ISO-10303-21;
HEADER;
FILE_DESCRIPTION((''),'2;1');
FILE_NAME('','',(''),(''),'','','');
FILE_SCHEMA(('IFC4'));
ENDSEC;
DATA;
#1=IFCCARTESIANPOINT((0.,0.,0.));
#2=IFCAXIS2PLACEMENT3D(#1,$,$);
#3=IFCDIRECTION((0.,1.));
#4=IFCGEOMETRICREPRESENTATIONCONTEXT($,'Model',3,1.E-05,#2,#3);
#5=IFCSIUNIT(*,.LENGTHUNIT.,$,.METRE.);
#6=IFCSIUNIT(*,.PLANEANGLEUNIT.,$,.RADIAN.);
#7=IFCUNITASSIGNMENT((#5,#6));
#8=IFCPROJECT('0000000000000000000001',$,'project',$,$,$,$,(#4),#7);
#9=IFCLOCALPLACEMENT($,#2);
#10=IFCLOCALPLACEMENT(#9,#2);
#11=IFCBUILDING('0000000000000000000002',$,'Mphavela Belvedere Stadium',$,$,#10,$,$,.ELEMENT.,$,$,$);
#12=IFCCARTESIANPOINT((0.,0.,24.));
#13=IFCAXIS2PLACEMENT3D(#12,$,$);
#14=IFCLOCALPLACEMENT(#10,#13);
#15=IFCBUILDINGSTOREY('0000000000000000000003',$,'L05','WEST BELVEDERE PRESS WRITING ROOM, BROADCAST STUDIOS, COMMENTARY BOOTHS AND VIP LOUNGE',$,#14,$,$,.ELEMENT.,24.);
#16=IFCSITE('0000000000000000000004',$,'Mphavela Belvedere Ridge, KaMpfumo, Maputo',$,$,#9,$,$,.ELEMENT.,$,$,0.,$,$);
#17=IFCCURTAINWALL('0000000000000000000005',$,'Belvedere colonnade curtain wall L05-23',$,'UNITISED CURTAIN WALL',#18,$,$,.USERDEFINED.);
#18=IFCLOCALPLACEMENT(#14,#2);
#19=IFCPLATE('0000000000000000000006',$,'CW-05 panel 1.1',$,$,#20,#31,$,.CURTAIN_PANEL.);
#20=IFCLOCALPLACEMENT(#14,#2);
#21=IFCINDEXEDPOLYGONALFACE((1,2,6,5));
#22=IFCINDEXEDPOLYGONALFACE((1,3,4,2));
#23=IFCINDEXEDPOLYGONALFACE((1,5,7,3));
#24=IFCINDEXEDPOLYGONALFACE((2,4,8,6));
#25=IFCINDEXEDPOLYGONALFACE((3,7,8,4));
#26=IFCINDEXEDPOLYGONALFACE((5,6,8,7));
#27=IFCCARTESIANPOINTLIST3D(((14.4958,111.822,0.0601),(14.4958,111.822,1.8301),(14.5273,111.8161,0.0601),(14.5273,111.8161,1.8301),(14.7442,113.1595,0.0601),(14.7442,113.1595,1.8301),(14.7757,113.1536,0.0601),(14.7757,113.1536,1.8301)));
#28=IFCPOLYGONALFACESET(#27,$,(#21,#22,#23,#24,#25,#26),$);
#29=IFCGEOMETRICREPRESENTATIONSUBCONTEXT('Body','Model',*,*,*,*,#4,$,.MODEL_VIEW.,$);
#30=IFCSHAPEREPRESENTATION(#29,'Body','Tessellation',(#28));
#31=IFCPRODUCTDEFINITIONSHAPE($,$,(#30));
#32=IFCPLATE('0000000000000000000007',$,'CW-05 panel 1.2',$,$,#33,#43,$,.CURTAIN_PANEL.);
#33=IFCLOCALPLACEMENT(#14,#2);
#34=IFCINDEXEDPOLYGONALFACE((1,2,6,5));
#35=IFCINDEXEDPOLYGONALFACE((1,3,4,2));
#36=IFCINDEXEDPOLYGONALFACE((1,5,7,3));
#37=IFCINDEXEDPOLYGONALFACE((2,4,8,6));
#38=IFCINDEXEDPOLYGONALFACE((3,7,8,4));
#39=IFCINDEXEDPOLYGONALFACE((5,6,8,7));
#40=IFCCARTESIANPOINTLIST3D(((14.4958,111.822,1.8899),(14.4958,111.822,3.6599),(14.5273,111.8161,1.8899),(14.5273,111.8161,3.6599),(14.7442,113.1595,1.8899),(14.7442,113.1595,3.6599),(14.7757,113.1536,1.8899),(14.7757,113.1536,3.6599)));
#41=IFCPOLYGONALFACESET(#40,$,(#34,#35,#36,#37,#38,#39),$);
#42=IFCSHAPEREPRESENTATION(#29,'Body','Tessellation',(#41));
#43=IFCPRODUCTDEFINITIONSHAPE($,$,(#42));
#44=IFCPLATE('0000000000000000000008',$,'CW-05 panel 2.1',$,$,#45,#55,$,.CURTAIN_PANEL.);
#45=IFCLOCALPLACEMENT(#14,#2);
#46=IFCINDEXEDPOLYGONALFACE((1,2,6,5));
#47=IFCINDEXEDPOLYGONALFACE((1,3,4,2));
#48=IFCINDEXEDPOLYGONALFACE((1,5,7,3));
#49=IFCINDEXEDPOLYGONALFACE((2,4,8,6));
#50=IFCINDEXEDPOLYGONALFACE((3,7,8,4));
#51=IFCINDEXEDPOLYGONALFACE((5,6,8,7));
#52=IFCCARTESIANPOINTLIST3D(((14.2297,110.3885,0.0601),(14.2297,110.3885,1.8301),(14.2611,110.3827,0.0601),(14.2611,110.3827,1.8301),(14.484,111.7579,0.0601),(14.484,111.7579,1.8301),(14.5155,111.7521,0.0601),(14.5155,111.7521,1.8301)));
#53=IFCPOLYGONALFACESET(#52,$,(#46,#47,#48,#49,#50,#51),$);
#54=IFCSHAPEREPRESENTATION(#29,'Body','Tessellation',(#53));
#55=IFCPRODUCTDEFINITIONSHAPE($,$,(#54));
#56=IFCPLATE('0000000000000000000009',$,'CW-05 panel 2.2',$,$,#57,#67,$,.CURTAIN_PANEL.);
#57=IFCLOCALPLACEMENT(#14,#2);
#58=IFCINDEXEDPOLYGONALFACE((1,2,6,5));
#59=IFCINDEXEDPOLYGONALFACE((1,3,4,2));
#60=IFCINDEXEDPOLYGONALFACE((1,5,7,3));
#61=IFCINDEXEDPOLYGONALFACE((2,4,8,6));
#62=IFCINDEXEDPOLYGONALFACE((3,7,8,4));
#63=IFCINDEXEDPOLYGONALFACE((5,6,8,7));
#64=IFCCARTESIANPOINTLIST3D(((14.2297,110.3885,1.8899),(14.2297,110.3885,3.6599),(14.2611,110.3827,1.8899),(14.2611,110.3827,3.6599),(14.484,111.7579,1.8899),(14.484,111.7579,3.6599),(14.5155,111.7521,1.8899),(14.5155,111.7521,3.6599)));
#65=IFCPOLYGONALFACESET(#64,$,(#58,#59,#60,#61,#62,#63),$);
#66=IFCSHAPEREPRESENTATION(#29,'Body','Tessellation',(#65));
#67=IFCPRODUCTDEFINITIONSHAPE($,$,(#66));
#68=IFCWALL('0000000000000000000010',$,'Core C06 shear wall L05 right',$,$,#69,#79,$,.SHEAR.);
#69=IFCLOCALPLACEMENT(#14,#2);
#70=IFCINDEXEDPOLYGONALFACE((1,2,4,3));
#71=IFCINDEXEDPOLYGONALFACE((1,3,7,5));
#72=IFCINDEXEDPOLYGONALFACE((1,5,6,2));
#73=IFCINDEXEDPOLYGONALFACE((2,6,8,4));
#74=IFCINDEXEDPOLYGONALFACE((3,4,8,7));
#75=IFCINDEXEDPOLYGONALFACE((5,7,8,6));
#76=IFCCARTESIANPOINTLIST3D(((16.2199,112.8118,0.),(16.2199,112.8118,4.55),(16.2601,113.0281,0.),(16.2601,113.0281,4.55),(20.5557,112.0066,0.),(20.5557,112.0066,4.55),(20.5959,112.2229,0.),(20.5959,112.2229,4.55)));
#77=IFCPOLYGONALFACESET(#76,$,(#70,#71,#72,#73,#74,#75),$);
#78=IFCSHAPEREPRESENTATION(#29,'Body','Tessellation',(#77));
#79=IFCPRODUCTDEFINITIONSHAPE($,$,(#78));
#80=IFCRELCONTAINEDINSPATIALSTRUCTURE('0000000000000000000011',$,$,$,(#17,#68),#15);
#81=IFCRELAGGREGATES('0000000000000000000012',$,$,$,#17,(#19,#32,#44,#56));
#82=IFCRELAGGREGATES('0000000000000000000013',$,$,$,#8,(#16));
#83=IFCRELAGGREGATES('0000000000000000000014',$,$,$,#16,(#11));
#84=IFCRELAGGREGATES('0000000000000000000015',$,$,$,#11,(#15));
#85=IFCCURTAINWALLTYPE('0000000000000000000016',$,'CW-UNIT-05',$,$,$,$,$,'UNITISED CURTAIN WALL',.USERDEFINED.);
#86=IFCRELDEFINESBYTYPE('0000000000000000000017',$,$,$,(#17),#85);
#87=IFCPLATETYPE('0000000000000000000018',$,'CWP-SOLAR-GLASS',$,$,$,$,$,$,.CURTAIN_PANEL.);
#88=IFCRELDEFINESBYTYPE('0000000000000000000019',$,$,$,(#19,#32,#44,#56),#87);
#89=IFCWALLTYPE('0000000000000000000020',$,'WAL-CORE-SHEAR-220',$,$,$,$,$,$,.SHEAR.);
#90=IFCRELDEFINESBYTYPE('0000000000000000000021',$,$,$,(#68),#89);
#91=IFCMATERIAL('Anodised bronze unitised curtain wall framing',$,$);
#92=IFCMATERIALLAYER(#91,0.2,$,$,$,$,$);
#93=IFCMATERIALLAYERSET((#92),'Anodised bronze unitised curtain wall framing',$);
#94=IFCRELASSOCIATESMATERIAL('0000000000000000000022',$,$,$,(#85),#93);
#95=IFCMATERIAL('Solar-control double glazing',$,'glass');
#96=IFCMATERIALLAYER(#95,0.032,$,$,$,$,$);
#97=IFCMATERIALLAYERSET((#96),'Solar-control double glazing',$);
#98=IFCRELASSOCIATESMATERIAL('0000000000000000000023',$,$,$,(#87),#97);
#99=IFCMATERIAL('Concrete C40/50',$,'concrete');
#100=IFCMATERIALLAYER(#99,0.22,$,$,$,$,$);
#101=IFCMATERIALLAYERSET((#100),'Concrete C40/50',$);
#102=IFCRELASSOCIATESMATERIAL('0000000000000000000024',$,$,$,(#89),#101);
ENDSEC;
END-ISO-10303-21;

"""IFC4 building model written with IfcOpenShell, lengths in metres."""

from ifc_helpers import new_model, si_unit, direction, frame, frame_2d, origin, origin_2d, place, context, subcontext, project, spatial, rectangle, extrude, material, layer, layer_set, type_object, element, aggregate, save


model = new_model("IFC4")

# Units and contexts
model_context = context("Model", 3, precision=1e-05, world=origin(), true_north=direction((0.0, 1.0)))
body_context = subcontext(model_context, "Body", "Model", "MODEL_VIEW")
ifc_project = project(units=[si_unit("LENGTHUNIT", "METRE"), si_unit("PLANEANGLEUNIT", "RADIAN")], contexts=[model_context])

# Site, building, storey
site_placement = place(None, origin())
site = spatial("IfcSite", under=ifc_project, at=site_placement, Name="Mphavela Belvedere Ridge, KaMpfumo, Maputo", CompositionType="ELEMENT", RefElevation=0.0)
building_placement = place(site_placement, origin())
building = spatial("IfcBuilding", under=site, at=building_placement, Name="Mphavela Belvedere Stadium", CompositionType="ELEMENT")
storey_placement = place(building_placement, frame((0.0, 0.0, 24.0)))
storey = spatial("IfcBuildingStorey", under=building, at=storey_placement, Name="L05", Description="WEST BELVEDERE PRESS WRITING ROOM, BROADCAST STUDIOS, COMMENTARY BOOTHS AND VIP LOUNGE", CompositionType="ELEMENT", Elevation=24.0)

# Curtain wall
ifc_material_1 = material(Name="Anodised bronze unitised curtain wall framing")
ifc_layer_1 = layer(ifc_material_1, 0.2)
ifc_layer_set_1 = layer_set([ifc_layer_1], Name="Anodised bronze unitised curtain wall framing")
curtain_wall_type_1 = type_object("IfcCurtainWallType", Name="CW-UNIT-05", ElementType="UNITISED CURTAIN WALL", PredefinedType="USERDEFINED", material=ifc_layer_set_1)
curtain_wall_1_placement = place(storey_placement, origin())
curtain_wall_1 = element("IfcCurtainWall", 1, at=curtain_wall_1_placement, inside=storey, type_object=curtain_wall_type_1, Name="Belvedere colonnade curtain wall L05-23", ObjectType="UNITISED CURTAIN WALL", PredefinedType="USERDEFINED")

# Plates
ifc_material_2 = material(Name="Solar-control double glazing", Category="glass")
ifc_layer_2 = layer(ifc_material_2, 0.032)
ifc_layer_set_2 = layer_set([ifc_layer_2], Name="Solar-control double glazing")
plate_type = type_object("IfcPlateType", Name="CWP-SOLAR-GLASS", PredefinedType="CURTAIN_PANEL", material=ifc_layer_set_2)
plate_1_placement = place(storey_placement, frame((14.6357, 112.4878, 0.0601), z_axis=(0.0, 0.0, 1.0), x_axis=(-0.182618, -0.983184, 0.0)))
plate_1 = element("IfcPlate", 2, at=plate_1_placement, type_object=plate_type, Name="CW-05 panel 1.1", PredefinedType="CURTAIN_PANEL", context=body_context, shape_type="SweptSolid", body=[
    extrude(rectangle(XDim=1.3604, YDim=0.032, at=origin_2d()), origin(), (0.0, 0.0, 1.0), 1.77),
])
plate_2_placement = place(storey_placement, frame((14.6357, 112.4878, 1.8899), z_axis=(0.0, 0.0, 1.0), x_axis=(-0.182618, -0.983184, 0.0)))
plate_2 = element("IfcPlate", 3, at=plate_2_placement, type_object=plate_type, Name="CW-05 panel 1.2", PredefinedType="CURTAIN_PANEL", context=body_context, shape_type="SweptSolid", body=[
    extrude(rectangle(XDim=1.3604, YDim=0.032, at=origin_2d()), origin(), (0.0, 0.0, 1.0), 1.77),
])
plate_3_placement = place(storey_placement, frame((14.3726, 111.0703, 0.0601), z_axis=(0.0, 0.0, 1.0), x_axis=(-0.182618, -0.983184, 0.0)))
plate_3 = element("IfcPlate", 4, at=plate_3_placement, type_object=plate_type, Name="CW-05 panel 2.1", PredefinedType="CURTAIN_PANEL", context=body_context, shape_type="SweptSolid", body=[
    extrude(rectangle(XDim=1.3928, YDim=0.032, at=origin_2d()), origin(), (0.0, 0.0, 1.0), 1.77),
])
plate_4_placement = place(storey_placement, frame((14.3726, 111.0703, 1.8899), z_axis=(0.0, 0.0, 1.0), x_axis=(-0.182618, -0.983184, 0.0)))
plate_4 = element("IfcPlate", 5, at=plate_4_placement, type_object=plate_type, Name="CW-05 panel 2.2", PredefinedType="CURTAIN_PANEL", context=body_context, shape_type="SweptSolid", body=[
    extrude(rectangle(XDim=1.3928, YDim=0.032, at=origin_2d()), origin(), (0.0, 0.0, 1.0), 1.77),
])
aggregate(curtain_wall_1, [plate_1, plate_2, plate_3, plate_4])

# Wall
ifc_material_3 = material(Name="Concrete C40/50", Category="concrete")
ifc_layer_3 = layer(ifc_material_3, 0.22)
ifc_layer_set_3 = layer_set([ifc_layer_3], Name="Concrete C40/50")
wall_type = type_object("IfcWallType", Name="WAL-CORE-SHEAR-220", PredefinedType="SHEAR", material=ifc_layer_set_3)
wall_placement = place(storey_placement, frame((20.5759, 112.1147, 0.0), z_axis=(0.0, 0.0, 1.0), x_axis=(-0.98319, 0.182587, 0.0)))
element("IfcWall", 6, at=wall_placement, inside=storey, type_object=wall_type, Name="Core C06 shear wall L05 right", PredefinedType="SHEAR", context=body_context, shape_type="SweptSolid", body=[
    extrude(rectangle(XDim=4.4099, YDim=0.22, at=frame_2d((2.2051, 0.0))), origin(), (0.0, 0.0, 1.0), 4.55),
])

save(model, "model.ifc")
